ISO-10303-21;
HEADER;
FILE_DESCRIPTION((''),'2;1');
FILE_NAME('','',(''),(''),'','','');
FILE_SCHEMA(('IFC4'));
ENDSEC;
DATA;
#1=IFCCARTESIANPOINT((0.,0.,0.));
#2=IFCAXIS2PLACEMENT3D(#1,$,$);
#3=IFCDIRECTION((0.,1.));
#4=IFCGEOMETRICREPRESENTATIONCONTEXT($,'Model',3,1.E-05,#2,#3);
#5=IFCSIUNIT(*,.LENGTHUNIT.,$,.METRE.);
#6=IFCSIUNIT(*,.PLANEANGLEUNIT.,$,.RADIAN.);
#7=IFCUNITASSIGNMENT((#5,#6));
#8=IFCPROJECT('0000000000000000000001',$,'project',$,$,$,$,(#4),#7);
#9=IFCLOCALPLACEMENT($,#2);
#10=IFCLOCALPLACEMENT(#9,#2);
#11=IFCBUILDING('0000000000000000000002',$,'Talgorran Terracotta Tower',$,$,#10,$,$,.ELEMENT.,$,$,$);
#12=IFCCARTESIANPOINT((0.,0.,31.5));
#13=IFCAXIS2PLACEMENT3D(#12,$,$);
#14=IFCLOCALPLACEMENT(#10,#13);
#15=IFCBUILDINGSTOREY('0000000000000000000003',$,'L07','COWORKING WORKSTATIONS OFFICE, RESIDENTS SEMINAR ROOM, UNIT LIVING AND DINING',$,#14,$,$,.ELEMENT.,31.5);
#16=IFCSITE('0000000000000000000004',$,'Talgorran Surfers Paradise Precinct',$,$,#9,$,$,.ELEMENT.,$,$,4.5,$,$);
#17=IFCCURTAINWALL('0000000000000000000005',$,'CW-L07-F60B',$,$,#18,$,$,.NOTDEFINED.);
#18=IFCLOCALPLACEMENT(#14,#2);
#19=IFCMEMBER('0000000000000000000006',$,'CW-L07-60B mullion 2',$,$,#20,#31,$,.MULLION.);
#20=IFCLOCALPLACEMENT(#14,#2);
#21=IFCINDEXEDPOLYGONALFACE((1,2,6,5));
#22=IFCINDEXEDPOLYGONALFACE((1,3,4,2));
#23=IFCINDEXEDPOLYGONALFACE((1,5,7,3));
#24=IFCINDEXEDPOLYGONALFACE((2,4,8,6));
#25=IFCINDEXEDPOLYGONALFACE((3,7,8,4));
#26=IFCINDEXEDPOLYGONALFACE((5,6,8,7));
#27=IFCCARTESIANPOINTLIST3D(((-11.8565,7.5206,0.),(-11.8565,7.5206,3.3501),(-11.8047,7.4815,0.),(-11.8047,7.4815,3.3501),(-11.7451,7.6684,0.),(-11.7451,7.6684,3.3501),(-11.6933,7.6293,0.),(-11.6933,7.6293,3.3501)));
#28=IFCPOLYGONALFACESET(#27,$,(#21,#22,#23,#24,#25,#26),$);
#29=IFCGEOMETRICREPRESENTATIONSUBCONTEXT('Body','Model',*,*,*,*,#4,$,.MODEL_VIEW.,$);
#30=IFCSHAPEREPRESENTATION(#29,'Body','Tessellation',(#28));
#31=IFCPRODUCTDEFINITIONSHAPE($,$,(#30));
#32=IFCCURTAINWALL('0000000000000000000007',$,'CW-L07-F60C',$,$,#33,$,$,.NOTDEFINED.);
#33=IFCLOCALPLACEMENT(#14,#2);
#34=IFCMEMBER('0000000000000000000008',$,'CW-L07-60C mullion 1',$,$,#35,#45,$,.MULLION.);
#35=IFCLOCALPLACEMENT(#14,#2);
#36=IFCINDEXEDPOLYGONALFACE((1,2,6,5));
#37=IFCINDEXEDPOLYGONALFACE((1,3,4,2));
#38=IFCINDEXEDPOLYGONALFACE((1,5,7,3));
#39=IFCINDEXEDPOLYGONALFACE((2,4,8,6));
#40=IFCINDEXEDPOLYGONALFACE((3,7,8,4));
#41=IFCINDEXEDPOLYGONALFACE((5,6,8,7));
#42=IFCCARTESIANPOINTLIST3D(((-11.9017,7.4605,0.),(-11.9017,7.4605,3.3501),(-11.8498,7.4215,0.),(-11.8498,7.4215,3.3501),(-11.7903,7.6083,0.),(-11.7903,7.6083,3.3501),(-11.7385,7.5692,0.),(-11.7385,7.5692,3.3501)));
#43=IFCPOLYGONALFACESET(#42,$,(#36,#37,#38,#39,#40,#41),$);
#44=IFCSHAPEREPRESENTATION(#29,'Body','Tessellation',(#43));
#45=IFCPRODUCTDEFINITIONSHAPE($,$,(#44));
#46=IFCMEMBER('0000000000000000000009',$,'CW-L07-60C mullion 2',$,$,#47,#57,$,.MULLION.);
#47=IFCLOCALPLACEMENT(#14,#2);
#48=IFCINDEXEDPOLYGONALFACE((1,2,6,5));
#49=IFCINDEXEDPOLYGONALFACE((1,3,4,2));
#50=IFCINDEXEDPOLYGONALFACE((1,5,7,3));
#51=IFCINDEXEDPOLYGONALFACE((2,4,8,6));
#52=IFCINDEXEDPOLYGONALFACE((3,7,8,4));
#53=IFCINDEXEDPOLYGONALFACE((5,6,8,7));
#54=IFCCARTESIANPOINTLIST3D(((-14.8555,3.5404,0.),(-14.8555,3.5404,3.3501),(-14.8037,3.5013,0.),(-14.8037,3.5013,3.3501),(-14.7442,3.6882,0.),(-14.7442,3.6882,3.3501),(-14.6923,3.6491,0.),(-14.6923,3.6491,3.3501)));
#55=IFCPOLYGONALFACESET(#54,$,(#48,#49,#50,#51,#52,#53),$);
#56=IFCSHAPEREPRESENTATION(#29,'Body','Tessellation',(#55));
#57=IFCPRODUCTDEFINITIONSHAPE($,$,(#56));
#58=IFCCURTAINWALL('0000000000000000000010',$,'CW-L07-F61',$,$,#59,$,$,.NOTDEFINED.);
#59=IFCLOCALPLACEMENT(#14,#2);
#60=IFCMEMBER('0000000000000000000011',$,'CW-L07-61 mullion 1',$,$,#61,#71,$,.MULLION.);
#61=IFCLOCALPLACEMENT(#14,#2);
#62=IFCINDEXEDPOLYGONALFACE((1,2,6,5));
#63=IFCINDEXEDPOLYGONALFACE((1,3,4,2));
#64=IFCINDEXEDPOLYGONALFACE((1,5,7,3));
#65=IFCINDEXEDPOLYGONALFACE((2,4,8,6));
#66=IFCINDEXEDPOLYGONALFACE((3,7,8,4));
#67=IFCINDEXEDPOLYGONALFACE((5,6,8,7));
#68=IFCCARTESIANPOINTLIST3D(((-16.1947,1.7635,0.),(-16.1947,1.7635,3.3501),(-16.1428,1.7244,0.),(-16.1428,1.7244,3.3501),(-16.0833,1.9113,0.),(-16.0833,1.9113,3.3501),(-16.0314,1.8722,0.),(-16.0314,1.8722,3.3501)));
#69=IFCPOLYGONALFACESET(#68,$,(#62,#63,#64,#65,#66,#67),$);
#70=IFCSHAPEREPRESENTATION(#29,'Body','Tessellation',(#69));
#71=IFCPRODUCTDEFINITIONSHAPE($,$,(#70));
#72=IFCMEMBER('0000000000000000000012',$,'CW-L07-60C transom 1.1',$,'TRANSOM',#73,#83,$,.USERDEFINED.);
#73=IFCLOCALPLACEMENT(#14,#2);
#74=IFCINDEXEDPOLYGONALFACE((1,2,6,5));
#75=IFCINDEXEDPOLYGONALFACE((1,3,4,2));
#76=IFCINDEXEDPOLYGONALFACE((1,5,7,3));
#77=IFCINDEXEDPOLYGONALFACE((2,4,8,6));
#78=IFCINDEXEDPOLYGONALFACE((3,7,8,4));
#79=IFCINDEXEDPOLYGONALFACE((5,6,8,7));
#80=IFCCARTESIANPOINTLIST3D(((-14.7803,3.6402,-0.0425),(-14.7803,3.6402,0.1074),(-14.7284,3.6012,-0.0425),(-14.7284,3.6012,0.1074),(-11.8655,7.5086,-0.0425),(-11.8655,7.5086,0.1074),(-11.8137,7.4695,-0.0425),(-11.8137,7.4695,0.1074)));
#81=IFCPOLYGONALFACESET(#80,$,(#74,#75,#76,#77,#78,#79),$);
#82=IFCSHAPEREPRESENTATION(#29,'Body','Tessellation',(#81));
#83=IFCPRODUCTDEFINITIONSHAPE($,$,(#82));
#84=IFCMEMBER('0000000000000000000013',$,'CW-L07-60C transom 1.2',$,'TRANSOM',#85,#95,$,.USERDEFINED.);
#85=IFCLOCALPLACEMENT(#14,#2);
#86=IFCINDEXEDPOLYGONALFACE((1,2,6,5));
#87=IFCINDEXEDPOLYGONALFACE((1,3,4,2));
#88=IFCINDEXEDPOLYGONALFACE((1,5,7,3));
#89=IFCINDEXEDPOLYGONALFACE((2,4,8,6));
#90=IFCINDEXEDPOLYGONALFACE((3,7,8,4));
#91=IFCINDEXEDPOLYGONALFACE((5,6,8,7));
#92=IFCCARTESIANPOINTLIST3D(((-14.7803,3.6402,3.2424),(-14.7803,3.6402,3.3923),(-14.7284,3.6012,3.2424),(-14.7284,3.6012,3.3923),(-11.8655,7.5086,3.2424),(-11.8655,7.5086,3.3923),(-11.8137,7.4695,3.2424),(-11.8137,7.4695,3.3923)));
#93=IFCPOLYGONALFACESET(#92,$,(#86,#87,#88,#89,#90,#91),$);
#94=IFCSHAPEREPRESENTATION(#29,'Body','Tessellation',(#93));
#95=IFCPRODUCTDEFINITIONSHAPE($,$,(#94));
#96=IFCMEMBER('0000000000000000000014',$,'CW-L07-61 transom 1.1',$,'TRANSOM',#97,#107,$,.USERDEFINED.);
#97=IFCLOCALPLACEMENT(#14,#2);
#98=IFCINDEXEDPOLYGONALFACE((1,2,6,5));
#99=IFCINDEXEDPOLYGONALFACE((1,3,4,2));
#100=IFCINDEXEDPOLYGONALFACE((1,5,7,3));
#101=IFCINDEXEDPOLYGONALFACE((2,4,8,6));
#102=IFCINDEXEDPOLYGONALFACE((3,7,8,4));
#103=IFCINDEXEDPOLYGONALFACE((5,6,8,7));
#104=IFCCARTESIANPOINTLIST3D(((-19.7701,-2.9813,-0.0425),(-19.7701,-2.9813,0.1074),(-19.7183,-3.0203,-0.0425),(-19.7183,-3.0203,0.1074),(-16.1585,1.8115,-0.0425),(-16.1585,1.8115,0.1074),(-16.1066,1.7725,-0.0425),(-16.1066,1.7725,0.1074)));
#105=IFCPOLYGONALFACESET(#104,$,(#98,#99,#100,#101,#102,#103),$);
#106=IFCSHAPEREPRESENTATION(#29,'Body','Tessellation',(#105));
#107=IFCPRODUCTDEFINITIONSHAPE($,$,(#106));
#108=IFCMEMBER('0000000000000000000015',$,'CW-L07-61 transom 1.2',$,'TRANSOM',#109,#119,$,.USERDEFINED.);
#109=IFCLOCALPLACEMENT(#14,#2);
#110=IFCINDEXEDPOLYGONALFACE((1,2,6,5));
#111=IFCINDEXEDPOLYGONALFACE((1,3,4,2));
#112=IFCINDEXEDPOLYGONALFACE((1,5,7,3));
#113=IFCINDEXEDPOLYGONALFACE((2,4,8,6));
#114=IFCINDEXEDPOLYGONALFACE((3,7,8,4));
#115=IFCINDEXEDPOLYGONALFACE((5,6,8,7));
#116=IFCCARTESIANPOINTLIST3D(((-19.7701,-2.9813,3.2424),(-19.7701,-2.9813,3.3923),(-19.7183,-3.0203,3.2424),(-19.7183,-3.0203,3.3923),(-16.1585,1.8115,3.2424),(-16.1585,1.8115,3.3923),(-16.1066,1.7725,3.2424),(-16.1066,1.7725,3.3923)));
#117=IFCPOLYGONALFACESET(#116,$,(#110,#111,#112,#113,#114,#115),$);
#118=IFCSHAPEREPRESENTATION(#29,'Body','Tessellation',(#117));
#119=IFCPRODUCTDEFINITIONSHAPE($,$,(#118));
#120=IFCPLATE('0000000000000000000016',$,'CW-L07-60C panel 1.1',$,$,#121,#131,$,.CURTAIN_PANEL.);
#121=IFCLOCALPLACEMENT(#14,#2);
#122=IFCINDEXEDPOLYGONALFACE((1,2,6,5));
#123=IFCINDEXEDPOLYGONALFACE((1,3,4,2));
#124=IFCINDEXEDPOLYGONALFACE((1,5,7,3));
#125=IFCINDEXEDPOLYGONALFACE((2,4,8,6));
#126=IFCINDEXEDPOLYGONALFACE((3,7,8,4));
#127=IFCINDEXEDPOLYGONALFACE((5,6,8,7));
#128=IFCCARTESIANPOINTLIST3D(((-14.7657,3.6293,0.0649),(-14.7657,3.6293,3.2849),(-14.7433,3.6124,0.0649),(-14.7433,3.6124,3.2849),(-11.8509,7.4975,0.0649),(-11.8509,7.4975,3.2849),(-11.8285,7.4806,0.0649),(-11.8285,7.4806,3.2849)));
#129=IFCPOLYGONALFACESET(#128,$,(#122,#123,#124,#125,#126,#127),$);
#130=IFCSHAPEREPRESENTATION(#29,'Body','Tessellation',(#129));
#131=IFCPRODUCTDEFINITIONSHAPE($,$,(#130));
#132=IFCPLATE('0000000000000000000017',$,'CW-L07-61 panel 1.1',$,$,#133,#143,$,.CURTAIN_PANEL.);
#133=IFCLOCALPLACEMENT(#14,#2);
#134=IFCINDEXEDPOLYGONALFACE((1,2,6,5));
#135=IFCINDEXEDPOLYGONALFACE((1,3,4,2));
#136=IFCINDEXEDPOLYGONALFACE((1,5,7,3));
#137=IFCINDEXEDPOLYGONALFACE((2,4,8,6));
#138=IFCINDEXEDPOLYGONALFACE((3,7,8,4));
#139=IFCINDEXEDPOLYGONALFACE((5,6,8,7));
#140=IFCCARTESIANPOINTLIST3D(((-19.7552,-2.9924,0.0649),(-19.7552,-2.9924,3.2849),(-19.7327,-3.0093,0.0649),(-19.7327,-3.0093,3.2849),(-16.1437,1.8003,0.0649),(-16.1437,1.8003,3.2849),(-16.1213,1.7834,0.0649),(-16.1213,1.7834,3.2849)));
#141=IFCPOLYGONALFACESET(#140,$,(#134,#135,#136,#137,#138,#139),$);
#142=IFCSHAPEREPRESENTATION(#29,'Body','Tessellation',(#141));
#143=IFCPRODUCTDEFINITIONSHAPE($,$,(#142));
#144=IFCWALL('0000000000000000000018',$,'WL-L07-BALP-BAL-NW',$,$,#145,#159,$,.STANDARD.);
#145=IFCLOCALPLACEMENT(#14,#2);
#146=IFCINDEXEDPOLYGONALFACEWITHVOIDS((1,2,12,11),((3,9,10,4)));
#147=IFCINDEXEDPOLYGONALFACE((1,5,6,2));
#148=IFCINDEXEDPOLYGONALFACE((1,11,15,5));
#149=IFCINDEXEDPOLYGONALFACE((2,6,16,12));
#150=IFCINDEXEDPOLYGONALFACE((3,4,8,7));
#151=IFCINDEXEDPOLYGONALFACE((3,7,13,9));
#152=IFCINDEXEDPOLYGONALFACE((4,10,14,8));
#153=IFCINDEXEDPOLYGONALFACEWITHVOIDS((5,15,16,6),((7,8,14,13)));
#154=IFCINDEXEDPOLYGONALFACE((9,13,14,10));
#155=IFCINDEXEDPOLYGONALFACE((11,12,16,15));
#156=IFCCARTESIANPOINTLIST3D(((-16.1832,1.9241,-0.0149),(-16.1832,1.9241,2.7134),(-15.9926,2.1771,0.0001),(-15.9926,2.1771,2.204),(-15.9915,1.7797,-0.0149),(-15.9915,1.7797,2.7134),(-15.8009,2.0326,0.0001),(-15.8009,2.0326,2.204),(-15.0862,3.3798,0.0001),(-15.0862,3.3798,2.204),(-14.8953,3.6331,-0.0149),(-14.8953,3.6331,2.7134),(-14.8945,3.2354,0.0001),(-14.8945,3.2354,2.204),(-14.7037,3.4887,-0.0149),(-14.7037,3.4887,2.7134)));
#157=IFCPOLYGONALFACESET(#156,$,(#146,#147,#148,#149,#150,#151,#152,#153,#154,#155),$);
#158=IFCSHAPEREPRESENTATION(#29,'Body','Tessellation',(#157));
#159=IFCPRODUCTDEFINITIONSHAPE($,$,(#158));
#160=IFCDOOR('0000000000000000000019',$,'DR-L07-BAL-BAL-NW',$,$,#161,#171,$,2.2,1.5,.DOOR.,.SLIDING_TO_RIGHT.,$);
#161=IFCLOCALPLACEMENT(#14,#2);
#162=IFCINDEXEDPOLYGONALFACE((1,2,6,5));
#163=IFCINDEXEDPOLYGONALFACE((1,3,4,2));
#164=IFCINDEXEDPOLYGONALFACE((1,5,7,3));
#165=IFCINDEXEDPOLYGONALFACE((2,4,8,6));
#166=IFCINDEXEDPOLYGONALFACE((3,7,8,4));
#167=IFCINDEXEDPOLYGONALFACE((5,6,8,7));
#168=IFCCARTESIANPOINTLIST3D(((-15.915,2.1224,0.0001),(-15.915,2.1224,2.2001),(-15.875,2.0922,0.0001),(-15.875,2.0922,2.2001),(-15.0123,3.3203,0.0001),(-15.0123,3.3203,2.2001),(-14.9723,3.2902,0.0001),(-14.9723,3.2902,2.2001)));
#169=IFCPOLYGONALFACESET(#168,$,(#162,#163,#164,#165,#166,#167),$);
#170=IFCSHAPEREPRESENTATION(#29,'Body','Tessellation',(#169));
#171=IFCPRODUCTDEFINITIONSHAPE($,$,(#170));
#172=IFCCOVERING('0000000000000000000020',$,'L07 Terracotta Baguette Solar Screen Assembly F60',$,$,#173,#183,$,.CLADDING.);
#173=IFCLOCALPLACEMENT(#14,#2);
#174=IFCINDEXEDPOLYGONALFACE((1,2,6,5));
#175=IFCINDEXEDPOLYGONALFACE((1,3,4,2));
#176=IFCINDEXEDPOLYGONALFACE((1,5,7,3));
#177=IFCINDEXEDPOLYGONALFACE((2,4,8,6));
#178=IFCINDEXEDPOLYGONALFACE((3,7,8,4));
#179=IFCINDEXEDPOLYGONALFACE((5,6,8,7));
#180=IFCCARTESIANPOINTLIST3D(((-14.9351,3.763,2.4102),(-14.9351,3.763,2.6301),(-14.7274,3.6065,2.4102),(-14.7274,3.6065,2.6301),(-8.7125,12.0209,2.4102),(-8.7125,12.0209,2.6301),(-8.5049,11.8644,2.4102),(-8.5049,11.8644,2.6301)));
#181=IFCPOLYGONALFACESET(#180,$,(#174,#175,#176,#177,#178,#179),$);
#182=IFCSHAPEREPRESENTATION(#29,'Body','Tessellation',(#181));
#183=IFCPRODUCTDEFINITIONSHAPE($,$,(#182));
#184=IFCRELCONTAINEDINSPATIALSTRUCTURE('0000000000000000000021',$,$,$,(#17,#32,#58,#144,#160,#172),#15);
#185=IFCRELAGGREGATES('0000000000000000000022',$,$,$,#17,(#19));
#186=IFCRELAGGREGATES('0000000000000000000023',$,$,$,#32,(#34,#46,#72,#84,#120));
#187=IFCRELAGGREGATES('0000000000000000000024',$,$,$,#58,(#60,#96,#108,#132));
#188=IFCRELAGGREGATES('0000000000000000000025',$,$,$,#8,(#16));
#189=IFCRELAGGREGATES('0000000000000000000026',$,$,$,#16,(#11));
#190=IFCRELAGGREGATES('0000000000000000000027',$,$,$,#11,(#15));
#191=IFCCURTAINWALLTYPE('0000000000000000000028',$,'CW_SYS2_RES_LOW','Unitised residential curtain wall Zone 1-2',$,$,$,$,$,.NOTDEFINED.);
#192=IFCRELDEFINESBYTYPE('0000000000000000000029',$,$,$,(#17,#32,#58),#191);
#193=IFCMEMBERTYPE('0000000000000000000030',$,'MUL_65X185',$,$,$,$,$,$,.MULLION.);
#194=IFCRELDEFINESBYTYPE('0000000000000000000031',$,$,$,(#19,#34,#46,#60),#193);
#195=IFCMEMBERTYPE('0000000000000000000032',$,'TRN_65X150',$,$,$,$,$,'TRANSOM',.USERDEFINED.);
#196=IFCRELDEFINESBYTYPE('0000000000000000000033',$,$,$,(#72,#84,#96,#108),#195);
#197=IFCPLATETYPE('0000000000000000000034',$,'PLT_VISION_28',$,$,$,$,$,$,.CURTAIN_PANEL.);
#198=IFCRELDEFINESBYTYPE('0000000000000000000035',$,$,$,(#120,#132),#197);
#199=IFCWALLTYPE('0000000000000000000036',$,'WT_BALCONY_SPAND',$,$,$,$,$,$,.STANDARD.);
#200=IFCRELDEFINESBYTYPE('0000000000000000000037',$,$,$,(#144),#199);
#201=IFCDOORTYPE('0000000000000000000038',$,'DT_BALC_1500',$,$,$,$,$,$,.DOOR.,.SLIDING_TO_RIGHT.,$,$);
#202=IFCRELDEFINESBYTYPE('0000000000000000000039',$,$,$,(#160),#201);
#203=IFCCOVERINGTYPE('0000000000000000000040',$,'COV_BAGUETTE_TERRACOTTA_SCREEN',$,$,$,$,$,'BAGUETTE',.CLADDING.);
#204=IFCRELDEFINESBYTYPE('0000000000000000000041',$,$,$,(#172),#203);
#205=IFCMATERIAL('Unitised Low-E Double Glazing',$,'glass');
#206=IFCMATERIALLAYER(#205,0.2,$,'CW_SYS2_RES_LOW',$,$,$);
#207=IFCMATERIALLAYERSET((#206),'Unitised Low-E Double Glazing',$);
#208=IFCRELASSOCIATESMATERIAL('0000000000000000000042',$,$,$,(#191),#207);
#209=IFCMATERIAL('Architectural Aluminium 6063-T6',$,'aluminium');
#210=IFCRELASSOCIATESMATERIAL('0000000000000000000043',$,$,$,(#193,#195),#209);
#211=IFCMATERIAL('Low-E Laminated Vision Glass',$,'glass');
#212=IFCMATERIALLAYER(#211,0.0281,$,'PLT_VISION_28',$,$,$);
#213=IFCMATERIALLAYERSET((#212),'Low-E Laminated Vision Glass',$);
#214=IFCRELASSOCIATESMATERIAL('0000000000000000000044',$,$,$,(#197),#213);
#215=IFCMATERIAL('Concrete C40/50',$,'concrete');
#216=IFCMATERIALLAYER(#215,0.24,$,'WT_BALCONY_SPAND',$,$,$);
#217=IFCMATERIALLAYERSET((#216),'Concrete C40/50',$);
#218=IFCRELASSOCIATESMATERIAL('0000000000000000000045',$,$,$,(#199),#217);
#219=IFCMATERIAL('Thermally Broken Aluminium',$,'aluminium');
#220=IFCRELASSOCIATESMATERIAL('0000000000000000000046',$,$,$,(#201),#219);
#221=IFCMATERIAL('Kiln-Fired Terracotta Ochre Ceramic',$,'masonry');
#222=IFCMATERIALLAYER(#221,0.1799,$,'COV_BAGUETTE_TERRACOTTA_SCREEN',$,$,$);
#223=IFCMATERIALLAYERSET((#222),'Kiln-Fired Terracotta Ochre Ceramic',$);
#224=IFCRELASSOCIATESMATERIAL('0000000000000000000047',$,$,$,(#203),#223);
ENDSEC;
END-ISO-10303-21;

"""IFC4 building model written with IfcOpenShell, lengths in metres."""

from ifc_helpers import new_model, si_unit, direction, frame, frame_2d, origin, origin_2d, place, context, subcontext, project, spatial, rectangle, extrude, source, transform, mapped, material, layer, layer_set, material_profile, profile_set, type_object, type_shapes, element, fill, aggregate, save


model = new_model("IFC4")

# Units and contexts
model_context = context("Model", 3, precision=1e-05, world=origin(), true_north=direction((0.0, 1.0)))
body_context = subcontext(model_context, "Body", "Model", "MODEL_VIEW")
ifc_project = project(units=[si_unit("LENGTHUNIT", "METRE"), si_unit("PLANEANGLEUNIT", "RADIAN")], contexts=[model_context])

# Site, building, storey
site_placement = place(None, origin())
site = spatial("IfcSite", under=ifc_project, at=site_placement, Name="Talgorran Surfers Paradise Precinct", CompositionType="ELEMENT", RefElevation=4.5)
building_placement = place(site_placement, origin())
building = spatial("IfcBuilding", under=site, at=building_placement, Name="Talgorran Terracotta Tower", CompositionType="ELEMENT")
storey_placement = place(building_placement, frame((0.0, 0.0, 31.5)))
storey = spatial("IfcBuildingStorey", under=building, at=storey_placement, Name="L07", Description="COWORKING WORKSTATIONS OFFICE, RESIDENTS SEMINAR ROOM, UNIT LIVING AND DINING", CompositionType="ELEMENT", Elevation=31.5)

# Curtain wall, member
ifc_material_1 = material(Name="Unitised Low-E Double Glazing", Category="glass")
ifc_layer_1 = layer(ifc_material_1, 0.2, Name="CW_SYS2_RES_LOW")
ifc_layer_set_1 = layer_set([ifc_layer_1], Name="Unitised Low-E Double Glazing")
curtain_wall_type = type_object("IfcCurtainWallType", Name="CW_SYS2_RES_LOW", Description="Unitised residential curtain wall Zone 1-2", PredefinedType="NOTDEFINED", material=ifc_layer_set_1)
curtain_wall_1_placement = place(storey_placement, origin())
curtain_wall_1 = element("IfcCurtainWall", 1, at=curtain_wall_1_placement, inside=storey, type_object=curtain_wall_type, Name="CW-L07-F60B", PredefinedType="NOTDEFINED")
ifc_material_2 = material(Name="Architectural Aluminium 6063-T6", Category="aluminium")
ifc_material_profile_1 = material_profile(ifc_material_2, rectangle(XDim=0.0649, YDim=0.1851, at=origin_2d()), Name="CWM65X185")
ifc_profile_set_1 = profile_set([ifc_material_profile_1], Name="Architectural Aluminium 6063-T6")
member_type_1 = type_object("IfcMemberType", Name="MUL_65X185", PredefinedType="MULLION", material=ifc_profile_set_1)
member_1_placement = place(storey_placement, frame((-11.7749, 7.575, 0.0), z_axis=(0.0, 0.0, 1.0), x_axis=(0.798636, -0.601814, 0.0)))
member_1 = element("IfcMember", 2, at=member_1_placement, type_object=member_type_1, Name="CW-L07-60B mullion 2", PredefinedType="MULLION", context=body_context, shape_type="SweptSolid", body=[
    extrude(rectangle(XDim=0.0649, YDim=0.1851, at=origin_2d()), origin(), (0.0, 0.0, 1.0), 3.3501),
])
aggregate(curtain_wall_1, [member_1])

# Curtain wall, members
curtain_wall_2_placement = place(storey_placement, origin())
curtain_wall_2 = element("IfcCurtainWall", 3, at=curtain_wall_2_placement, inside=storey, type_object=curtain_wall_type, Name="CW-L07-F60C", PredefinedType="NOTDEFINED")
member_2_placement = place(storey_placement, frame((-11.8201, 7.5149, 0.0), z_axis=(0.0, 0.0, 1.0), x_axis=(0.798644, -0.601803, 0.0)))
member_2 = element("IfcMember", 4, at=member_2_placement, type_object=member_type_1, Name="CW-L07-60C mullion 1", PredefinedType="MULLION", context=body_context, shape_type="SweptSolid", body=[
    extrude(rectangle(XDim=0.0649, YDim=0.1851, at=origin_2d()), origin(), (0.0, 0.0, 1.0), 3.3501),
])
member_3_placement = place(storey_placement, frame((-14.7739, 3.5947, 0.0), z_axis=(0.0, 0.0, 1.0), x_axis=(0.798644, -0.601803, 0.0)))
member_3 = element("IfcMember", 5, at=member_3_placement, type_object=member_type_1, Name="CW-L07-60C mullion 2", PredefinedType="MULLION", context=body_context, shape_type="SweptSolid", body=[
    extrude(rectangle(XDim=0.0649, YDim=0.1851, at=origin_2d()), origin(), (0.0, 0.0, 1.0), 3.3501),
])

# Curtain wall, member
curtain_wall_3_placement = place(storey_placement, origin())
curtain_wall_3 = element("IfcCurtainWall", 6, at=curtain_wall_3_placement, inside=storey, type_object=curtain_wall_type, Name="CW-L07-F61", PredefinedType="NOTDEFINED")
member_4_placement = place(storey_placement, frame((-16.113, 1.8179, 0.0), z_axis=(0.0, 0.0, 1.0), x_axis=(0.798642, -0.601807, 0.0)))
member_4 = element("IfcMember", 7, at=member_4_placement, type_object=member_type_1, Name="CW-L07-61 mullion 1", PredefinedType="MULLION", context=body_context, shape_type="SweptSolid", body=[
    extrude(rectangle(XDim=0.0649, YDim=0.1851, at=origin_2d()), origin(), (0.0, 0.0, 1.0), 3.3501),
])

# Members
ifc_material_profile_2 = material_profile(ifc_material_2, rectangle(XDim=0.0649, YDim=0.1499, at=origin_2d()), Name="CWT65X150")
ifc_profile_set_2 = profile_set([ifc_material_profile_2], Name="Architectural Aluminium 6063-T6")
member_type_2 = type_object("IfcMemberType", Name="TRN_65X150", ElementType="TRANSOM", PredefinedType="USERDEFINED", material=ifc_profile_set_2)
member_5_placement = place(storey_placement, frame((-11.8396, 7.489, 0.0325), z_axis=(-0.601781, -0.798661, 0.0), x_axis=(0.798661, -0.601781, 0.0)))
member_5 = element("IfcMember", 8, at=member_5_placement, type_object=member_type_2, Name="CW-L07-60C transom 1.1", ObjectType="TRANSOM", PredefinedType="USERDEFINED", context=body_context, shape_type="SweptSolid", body=[
    extrude(rectangle(XDim=0.0649, YDim=0.1499, at=origin_2d()), origin(), (0.0, 0.0, 1.0), 4.8435),
])
member_6_placement = place(storey_placement, frame((-11.8396, 7.489, 3.3174), z_axis=(-0.601781, -0.798661, 0.0), x_axis=(0.798661, -0.601781, 0.0)))
member_6 = element("IfcMember", 9, at=member_6_placement, type_object=member_type_2, Name="CW-L07-60C transom 1.2", ObjectType="TRANSOM", PredefinedType="USERDEFINED", context=body_context, shape_type="SweptSolid", body=[
    extrude(rectangle(XDim=0.0649, YDim=0.1499, at=origin_2d()), origin(), (0.0, 0.0, 1.0), 4.8435),
])
member_7_placement = place(storey_placement, frame((-16.1326, 1.792, 0.0325), z_axis=(-0.601815, -0.798636, 0.0), x_axis=(0.798636, -0.601815, 0.0)))
member_7 = element("IfcMember", 10, at=member_7_placement, type_object=member_type_2, Name="CW-L07-61 transom 1.1", ObjectType="TRANSOM", PredefinedType="USERDEFINED", context=body_context, shape_type="SweptSolid", body=[
    extrude(rectangle(XDim=0.0649, YDim=0.1499, at=origin_2d()), origin(), (0.0, 0.0, 1.0), 6.0012),
])
member_8_placement = place(storey_placement, frame((-16.1326, 1.792, 3.3174), z_axis=(-0.601815, -0.798636, 0.0), x_axis=(0.798636, -0.601815, 0.0)))
member_8 = element("IfcMember", 11, at=member_8_placement, type_object=member_type_2, Name="CW-L07-61 transom 1.2", ObjectType="TRANSOM", PredefinedType="USERDEFINED", context=body_context, shape_type="SweptSolid", body=[
    extrude(rectangle(XDim=0.0649, YDim=0.1499, at=origin_2d()), origin(), (0.0, 0.0, 1.0), 6.0012),
])

# Plates
ifc_material_3 = material(Name="Low-E Laminated Vision Glass", Category="glass")
ifc_layer_2 = layer(ifc_material_3, 0.0281, Name="PLT_VISION_28")
ifc_layer_set_2 = layer_set([ifc_layer_2], Name="Low-E Laminated Vision Glass")
plate_type = type_object("IfcPlateType", Name="PLT_VISION_28", PredefinedType="CURTAIN_PANEL", material=ifc_layer_set_2)
shared_shape_1 = source(origin(), body_context, "Body", "SweptSolid", [
    extrude(rectangle(XDim=4.8435, YDim=0.0281, at=origin_2d()), origin(), (0.0, 0.0, 1.0), 3.22),
])
plate_1_placement = place(storey_placement, frame((-13.2971, 5.5549, 0.0649), z_axis=(0.0, 0.0, 1.0), x_axis=(-0.601803, -0.798644, 0.0)))
plate_1 = element("IfcPlate", 12, at=plate_1_placement, type_object=plate_type, Name="CW-L07-60C panel 1.1", PredefinedType="CURTAIN_PANEL", context=body_context, shape_type="MappedRepresentation", body=[
    mapped(shared_shape_1, transform((0.0, 0.0, 0.0), scale=1.0)),
])
aggregate(curtain_wall_2, [member_2, member_3, member_5, member_6, plate_1])
shared_shape_2 = source(origin(), body_context, "Body", "SweptSolid", [
    extrude(rectangle(XDim=6.001, YDim=0.0281, at=origin_2d()), origin(), (0.0, 0.0, 1.0), 3.22),
])
type_shapes(plate_type, [shared_shape_1, shared_shape_2])
plate_2_placement = place(storey_placement, frame((-17.9382, -0.6045, 0.0649), z_axis=(0.0, 0.0, 1.0), x_axis=(-0.601807, -0.798642, 0.0)))
plate_2 = element("IfcPlate", 13, at=plate_2_placement, type_object=plate_type, Name="CW-L07-61 panel 1.1", PredefinedType="CURTAIN_PANEL", context=body_context, shape_type="MappedRepresentation", body=[
    mapped(shared_shape_2, transform((0.0, 0.0, 0.0), scale=1.0)),
])
aggregate(curtain_wall_3, [member_4, member_7, member_8, plate_2])

# Wall, opening, door
ifc_material_4 = material(Name="Concrete C40/50", Category="concrete")
ifc_layer_3 = layer(ifc_material_4, 0.24, Name="WT_BALCONY_SPAND")
ifc_layer_set_3 = layer_set([ifc_layer_3], Name="Concrete C40/50")
wall_type = type_object("IfcWallType", Name="WT_BALCONY_SPAND", PredefinedType="STANDARD", material=ifc_layer_set_3)
wall_placement = place(storey_placement, frame((-14.7996, 3.5608, -0.0149), z_axis=(0.0, 0.0, 1.0), x_axis=(-0.601824, -0.798629, 0.0)))
wall = element("IfcWall", 14, at=wall_placement, inside=storey, type_object=wall_type, Name="WL-L07-BALP-BAL-NW", PredefinedType="STANDARD", context=body_context, shape_type="SweptSolid", body=[
    extrude(rectangle(XDim=2.1399, YDim=0.24, at=frame_2d((1.0698, 0.0))), origin(), (0.0, 0.0, 1.0), 2.7283),
])
opening_placement = place(wall_placement, frame((0.3201, 0.0, 0.0149)))
opening = element("IfcOpeningElement", 15, at=opening_placement, cuts=wall, PredefinedType="OPENING", context=body_context, shape_type="SweptSolid", body=[
    extrude(rectangle(XDim=1.506, YDim=2.204, at=frame_2d((0.75, 1.1021))), frame((0.0, 0.1299, 0.0), z_axis=(0.0, -1.0, 0.0), x_axis=(1.0, 0.0, 0.0)), (0.0, 0.0, 1.0), 0.26),
])
ifc_material_5 = material(Name="Thermally Broken Aluminium", Category="aluminium")
door_type = type_object("IfcDoorType", Name="DT_BALC_1500", OperationType="SLIDING_TO_RIGHT", PredefinedType="DOOR", material=ifc_material_5)
door_placement = place(opening_placement, origin())
door = element("IfcDoor", 16, at=door_placement, inside=storey, type_object=door_type, Name="DR-L07-BAL-BAL-NW", OperationType="SLIDING_TO_RIGHT", OverallHeight=2.2, OverallWidth=1.5, PredefinedType="DOOR", context=body_context, shape_type="SweptSolid", body=[
    extrude(rectangle(XDim=1.5, YDim=2.2, at=frame_2d((0.75, 1.1001))), frame((0.0, 0.0249, 0.0), z_axis=(0.0, -1.0, 0.0), x_axis=(1.0, 0.0, 0.0)), (0.0, 0.0, 1.0), 0.05),
])
fill(opening, door)

# Covering
ifc_material_6 = material(Name="Kiln-Fired Terracotta Ochre Ceramic", Category="masonry")
ifc_layer_4 = layer(ifc_material_6, 0.1799, Name="COV_BAGUETTE_TERRACOTTA_SCREEN")
ifc_layer_set_4 = layer_set([ifc_layer_4], Name="Kiln-Fired Terracotta Ochre Ceramic")
covering_type_1 = type_object("IfcCoveringType", Name="COV_BAGUETTE_TERRACOTTA_SCREEN", ElementType="BAGUETTE", PredefinedType="CLADDING", material=ifc_layer_set_4)
covering_1_placement = place(storey_placement, frame((-11.72, 7.8137, 2.4102), z_axis=(0.0, 0.0, 1.0), x_axis=(-0.601801, -0.798646, 0.0)))
element("IfcCovering", 17, at=covering_1_placement, inside=storey, type_object=covering_type_1, Name="L07 Terracotta Baguette Solar Screen Assembly F60", PredefinedType="CLADDING", context=body_context, shape_type="SweptSolid", body=[
    extrude(rectangle(XDim=10.3398, YDim=0.26, at=origin_2d()), origin(), (0.0, 0.0, 1.0), 0.22),
])

save(model, "model.ifc")
